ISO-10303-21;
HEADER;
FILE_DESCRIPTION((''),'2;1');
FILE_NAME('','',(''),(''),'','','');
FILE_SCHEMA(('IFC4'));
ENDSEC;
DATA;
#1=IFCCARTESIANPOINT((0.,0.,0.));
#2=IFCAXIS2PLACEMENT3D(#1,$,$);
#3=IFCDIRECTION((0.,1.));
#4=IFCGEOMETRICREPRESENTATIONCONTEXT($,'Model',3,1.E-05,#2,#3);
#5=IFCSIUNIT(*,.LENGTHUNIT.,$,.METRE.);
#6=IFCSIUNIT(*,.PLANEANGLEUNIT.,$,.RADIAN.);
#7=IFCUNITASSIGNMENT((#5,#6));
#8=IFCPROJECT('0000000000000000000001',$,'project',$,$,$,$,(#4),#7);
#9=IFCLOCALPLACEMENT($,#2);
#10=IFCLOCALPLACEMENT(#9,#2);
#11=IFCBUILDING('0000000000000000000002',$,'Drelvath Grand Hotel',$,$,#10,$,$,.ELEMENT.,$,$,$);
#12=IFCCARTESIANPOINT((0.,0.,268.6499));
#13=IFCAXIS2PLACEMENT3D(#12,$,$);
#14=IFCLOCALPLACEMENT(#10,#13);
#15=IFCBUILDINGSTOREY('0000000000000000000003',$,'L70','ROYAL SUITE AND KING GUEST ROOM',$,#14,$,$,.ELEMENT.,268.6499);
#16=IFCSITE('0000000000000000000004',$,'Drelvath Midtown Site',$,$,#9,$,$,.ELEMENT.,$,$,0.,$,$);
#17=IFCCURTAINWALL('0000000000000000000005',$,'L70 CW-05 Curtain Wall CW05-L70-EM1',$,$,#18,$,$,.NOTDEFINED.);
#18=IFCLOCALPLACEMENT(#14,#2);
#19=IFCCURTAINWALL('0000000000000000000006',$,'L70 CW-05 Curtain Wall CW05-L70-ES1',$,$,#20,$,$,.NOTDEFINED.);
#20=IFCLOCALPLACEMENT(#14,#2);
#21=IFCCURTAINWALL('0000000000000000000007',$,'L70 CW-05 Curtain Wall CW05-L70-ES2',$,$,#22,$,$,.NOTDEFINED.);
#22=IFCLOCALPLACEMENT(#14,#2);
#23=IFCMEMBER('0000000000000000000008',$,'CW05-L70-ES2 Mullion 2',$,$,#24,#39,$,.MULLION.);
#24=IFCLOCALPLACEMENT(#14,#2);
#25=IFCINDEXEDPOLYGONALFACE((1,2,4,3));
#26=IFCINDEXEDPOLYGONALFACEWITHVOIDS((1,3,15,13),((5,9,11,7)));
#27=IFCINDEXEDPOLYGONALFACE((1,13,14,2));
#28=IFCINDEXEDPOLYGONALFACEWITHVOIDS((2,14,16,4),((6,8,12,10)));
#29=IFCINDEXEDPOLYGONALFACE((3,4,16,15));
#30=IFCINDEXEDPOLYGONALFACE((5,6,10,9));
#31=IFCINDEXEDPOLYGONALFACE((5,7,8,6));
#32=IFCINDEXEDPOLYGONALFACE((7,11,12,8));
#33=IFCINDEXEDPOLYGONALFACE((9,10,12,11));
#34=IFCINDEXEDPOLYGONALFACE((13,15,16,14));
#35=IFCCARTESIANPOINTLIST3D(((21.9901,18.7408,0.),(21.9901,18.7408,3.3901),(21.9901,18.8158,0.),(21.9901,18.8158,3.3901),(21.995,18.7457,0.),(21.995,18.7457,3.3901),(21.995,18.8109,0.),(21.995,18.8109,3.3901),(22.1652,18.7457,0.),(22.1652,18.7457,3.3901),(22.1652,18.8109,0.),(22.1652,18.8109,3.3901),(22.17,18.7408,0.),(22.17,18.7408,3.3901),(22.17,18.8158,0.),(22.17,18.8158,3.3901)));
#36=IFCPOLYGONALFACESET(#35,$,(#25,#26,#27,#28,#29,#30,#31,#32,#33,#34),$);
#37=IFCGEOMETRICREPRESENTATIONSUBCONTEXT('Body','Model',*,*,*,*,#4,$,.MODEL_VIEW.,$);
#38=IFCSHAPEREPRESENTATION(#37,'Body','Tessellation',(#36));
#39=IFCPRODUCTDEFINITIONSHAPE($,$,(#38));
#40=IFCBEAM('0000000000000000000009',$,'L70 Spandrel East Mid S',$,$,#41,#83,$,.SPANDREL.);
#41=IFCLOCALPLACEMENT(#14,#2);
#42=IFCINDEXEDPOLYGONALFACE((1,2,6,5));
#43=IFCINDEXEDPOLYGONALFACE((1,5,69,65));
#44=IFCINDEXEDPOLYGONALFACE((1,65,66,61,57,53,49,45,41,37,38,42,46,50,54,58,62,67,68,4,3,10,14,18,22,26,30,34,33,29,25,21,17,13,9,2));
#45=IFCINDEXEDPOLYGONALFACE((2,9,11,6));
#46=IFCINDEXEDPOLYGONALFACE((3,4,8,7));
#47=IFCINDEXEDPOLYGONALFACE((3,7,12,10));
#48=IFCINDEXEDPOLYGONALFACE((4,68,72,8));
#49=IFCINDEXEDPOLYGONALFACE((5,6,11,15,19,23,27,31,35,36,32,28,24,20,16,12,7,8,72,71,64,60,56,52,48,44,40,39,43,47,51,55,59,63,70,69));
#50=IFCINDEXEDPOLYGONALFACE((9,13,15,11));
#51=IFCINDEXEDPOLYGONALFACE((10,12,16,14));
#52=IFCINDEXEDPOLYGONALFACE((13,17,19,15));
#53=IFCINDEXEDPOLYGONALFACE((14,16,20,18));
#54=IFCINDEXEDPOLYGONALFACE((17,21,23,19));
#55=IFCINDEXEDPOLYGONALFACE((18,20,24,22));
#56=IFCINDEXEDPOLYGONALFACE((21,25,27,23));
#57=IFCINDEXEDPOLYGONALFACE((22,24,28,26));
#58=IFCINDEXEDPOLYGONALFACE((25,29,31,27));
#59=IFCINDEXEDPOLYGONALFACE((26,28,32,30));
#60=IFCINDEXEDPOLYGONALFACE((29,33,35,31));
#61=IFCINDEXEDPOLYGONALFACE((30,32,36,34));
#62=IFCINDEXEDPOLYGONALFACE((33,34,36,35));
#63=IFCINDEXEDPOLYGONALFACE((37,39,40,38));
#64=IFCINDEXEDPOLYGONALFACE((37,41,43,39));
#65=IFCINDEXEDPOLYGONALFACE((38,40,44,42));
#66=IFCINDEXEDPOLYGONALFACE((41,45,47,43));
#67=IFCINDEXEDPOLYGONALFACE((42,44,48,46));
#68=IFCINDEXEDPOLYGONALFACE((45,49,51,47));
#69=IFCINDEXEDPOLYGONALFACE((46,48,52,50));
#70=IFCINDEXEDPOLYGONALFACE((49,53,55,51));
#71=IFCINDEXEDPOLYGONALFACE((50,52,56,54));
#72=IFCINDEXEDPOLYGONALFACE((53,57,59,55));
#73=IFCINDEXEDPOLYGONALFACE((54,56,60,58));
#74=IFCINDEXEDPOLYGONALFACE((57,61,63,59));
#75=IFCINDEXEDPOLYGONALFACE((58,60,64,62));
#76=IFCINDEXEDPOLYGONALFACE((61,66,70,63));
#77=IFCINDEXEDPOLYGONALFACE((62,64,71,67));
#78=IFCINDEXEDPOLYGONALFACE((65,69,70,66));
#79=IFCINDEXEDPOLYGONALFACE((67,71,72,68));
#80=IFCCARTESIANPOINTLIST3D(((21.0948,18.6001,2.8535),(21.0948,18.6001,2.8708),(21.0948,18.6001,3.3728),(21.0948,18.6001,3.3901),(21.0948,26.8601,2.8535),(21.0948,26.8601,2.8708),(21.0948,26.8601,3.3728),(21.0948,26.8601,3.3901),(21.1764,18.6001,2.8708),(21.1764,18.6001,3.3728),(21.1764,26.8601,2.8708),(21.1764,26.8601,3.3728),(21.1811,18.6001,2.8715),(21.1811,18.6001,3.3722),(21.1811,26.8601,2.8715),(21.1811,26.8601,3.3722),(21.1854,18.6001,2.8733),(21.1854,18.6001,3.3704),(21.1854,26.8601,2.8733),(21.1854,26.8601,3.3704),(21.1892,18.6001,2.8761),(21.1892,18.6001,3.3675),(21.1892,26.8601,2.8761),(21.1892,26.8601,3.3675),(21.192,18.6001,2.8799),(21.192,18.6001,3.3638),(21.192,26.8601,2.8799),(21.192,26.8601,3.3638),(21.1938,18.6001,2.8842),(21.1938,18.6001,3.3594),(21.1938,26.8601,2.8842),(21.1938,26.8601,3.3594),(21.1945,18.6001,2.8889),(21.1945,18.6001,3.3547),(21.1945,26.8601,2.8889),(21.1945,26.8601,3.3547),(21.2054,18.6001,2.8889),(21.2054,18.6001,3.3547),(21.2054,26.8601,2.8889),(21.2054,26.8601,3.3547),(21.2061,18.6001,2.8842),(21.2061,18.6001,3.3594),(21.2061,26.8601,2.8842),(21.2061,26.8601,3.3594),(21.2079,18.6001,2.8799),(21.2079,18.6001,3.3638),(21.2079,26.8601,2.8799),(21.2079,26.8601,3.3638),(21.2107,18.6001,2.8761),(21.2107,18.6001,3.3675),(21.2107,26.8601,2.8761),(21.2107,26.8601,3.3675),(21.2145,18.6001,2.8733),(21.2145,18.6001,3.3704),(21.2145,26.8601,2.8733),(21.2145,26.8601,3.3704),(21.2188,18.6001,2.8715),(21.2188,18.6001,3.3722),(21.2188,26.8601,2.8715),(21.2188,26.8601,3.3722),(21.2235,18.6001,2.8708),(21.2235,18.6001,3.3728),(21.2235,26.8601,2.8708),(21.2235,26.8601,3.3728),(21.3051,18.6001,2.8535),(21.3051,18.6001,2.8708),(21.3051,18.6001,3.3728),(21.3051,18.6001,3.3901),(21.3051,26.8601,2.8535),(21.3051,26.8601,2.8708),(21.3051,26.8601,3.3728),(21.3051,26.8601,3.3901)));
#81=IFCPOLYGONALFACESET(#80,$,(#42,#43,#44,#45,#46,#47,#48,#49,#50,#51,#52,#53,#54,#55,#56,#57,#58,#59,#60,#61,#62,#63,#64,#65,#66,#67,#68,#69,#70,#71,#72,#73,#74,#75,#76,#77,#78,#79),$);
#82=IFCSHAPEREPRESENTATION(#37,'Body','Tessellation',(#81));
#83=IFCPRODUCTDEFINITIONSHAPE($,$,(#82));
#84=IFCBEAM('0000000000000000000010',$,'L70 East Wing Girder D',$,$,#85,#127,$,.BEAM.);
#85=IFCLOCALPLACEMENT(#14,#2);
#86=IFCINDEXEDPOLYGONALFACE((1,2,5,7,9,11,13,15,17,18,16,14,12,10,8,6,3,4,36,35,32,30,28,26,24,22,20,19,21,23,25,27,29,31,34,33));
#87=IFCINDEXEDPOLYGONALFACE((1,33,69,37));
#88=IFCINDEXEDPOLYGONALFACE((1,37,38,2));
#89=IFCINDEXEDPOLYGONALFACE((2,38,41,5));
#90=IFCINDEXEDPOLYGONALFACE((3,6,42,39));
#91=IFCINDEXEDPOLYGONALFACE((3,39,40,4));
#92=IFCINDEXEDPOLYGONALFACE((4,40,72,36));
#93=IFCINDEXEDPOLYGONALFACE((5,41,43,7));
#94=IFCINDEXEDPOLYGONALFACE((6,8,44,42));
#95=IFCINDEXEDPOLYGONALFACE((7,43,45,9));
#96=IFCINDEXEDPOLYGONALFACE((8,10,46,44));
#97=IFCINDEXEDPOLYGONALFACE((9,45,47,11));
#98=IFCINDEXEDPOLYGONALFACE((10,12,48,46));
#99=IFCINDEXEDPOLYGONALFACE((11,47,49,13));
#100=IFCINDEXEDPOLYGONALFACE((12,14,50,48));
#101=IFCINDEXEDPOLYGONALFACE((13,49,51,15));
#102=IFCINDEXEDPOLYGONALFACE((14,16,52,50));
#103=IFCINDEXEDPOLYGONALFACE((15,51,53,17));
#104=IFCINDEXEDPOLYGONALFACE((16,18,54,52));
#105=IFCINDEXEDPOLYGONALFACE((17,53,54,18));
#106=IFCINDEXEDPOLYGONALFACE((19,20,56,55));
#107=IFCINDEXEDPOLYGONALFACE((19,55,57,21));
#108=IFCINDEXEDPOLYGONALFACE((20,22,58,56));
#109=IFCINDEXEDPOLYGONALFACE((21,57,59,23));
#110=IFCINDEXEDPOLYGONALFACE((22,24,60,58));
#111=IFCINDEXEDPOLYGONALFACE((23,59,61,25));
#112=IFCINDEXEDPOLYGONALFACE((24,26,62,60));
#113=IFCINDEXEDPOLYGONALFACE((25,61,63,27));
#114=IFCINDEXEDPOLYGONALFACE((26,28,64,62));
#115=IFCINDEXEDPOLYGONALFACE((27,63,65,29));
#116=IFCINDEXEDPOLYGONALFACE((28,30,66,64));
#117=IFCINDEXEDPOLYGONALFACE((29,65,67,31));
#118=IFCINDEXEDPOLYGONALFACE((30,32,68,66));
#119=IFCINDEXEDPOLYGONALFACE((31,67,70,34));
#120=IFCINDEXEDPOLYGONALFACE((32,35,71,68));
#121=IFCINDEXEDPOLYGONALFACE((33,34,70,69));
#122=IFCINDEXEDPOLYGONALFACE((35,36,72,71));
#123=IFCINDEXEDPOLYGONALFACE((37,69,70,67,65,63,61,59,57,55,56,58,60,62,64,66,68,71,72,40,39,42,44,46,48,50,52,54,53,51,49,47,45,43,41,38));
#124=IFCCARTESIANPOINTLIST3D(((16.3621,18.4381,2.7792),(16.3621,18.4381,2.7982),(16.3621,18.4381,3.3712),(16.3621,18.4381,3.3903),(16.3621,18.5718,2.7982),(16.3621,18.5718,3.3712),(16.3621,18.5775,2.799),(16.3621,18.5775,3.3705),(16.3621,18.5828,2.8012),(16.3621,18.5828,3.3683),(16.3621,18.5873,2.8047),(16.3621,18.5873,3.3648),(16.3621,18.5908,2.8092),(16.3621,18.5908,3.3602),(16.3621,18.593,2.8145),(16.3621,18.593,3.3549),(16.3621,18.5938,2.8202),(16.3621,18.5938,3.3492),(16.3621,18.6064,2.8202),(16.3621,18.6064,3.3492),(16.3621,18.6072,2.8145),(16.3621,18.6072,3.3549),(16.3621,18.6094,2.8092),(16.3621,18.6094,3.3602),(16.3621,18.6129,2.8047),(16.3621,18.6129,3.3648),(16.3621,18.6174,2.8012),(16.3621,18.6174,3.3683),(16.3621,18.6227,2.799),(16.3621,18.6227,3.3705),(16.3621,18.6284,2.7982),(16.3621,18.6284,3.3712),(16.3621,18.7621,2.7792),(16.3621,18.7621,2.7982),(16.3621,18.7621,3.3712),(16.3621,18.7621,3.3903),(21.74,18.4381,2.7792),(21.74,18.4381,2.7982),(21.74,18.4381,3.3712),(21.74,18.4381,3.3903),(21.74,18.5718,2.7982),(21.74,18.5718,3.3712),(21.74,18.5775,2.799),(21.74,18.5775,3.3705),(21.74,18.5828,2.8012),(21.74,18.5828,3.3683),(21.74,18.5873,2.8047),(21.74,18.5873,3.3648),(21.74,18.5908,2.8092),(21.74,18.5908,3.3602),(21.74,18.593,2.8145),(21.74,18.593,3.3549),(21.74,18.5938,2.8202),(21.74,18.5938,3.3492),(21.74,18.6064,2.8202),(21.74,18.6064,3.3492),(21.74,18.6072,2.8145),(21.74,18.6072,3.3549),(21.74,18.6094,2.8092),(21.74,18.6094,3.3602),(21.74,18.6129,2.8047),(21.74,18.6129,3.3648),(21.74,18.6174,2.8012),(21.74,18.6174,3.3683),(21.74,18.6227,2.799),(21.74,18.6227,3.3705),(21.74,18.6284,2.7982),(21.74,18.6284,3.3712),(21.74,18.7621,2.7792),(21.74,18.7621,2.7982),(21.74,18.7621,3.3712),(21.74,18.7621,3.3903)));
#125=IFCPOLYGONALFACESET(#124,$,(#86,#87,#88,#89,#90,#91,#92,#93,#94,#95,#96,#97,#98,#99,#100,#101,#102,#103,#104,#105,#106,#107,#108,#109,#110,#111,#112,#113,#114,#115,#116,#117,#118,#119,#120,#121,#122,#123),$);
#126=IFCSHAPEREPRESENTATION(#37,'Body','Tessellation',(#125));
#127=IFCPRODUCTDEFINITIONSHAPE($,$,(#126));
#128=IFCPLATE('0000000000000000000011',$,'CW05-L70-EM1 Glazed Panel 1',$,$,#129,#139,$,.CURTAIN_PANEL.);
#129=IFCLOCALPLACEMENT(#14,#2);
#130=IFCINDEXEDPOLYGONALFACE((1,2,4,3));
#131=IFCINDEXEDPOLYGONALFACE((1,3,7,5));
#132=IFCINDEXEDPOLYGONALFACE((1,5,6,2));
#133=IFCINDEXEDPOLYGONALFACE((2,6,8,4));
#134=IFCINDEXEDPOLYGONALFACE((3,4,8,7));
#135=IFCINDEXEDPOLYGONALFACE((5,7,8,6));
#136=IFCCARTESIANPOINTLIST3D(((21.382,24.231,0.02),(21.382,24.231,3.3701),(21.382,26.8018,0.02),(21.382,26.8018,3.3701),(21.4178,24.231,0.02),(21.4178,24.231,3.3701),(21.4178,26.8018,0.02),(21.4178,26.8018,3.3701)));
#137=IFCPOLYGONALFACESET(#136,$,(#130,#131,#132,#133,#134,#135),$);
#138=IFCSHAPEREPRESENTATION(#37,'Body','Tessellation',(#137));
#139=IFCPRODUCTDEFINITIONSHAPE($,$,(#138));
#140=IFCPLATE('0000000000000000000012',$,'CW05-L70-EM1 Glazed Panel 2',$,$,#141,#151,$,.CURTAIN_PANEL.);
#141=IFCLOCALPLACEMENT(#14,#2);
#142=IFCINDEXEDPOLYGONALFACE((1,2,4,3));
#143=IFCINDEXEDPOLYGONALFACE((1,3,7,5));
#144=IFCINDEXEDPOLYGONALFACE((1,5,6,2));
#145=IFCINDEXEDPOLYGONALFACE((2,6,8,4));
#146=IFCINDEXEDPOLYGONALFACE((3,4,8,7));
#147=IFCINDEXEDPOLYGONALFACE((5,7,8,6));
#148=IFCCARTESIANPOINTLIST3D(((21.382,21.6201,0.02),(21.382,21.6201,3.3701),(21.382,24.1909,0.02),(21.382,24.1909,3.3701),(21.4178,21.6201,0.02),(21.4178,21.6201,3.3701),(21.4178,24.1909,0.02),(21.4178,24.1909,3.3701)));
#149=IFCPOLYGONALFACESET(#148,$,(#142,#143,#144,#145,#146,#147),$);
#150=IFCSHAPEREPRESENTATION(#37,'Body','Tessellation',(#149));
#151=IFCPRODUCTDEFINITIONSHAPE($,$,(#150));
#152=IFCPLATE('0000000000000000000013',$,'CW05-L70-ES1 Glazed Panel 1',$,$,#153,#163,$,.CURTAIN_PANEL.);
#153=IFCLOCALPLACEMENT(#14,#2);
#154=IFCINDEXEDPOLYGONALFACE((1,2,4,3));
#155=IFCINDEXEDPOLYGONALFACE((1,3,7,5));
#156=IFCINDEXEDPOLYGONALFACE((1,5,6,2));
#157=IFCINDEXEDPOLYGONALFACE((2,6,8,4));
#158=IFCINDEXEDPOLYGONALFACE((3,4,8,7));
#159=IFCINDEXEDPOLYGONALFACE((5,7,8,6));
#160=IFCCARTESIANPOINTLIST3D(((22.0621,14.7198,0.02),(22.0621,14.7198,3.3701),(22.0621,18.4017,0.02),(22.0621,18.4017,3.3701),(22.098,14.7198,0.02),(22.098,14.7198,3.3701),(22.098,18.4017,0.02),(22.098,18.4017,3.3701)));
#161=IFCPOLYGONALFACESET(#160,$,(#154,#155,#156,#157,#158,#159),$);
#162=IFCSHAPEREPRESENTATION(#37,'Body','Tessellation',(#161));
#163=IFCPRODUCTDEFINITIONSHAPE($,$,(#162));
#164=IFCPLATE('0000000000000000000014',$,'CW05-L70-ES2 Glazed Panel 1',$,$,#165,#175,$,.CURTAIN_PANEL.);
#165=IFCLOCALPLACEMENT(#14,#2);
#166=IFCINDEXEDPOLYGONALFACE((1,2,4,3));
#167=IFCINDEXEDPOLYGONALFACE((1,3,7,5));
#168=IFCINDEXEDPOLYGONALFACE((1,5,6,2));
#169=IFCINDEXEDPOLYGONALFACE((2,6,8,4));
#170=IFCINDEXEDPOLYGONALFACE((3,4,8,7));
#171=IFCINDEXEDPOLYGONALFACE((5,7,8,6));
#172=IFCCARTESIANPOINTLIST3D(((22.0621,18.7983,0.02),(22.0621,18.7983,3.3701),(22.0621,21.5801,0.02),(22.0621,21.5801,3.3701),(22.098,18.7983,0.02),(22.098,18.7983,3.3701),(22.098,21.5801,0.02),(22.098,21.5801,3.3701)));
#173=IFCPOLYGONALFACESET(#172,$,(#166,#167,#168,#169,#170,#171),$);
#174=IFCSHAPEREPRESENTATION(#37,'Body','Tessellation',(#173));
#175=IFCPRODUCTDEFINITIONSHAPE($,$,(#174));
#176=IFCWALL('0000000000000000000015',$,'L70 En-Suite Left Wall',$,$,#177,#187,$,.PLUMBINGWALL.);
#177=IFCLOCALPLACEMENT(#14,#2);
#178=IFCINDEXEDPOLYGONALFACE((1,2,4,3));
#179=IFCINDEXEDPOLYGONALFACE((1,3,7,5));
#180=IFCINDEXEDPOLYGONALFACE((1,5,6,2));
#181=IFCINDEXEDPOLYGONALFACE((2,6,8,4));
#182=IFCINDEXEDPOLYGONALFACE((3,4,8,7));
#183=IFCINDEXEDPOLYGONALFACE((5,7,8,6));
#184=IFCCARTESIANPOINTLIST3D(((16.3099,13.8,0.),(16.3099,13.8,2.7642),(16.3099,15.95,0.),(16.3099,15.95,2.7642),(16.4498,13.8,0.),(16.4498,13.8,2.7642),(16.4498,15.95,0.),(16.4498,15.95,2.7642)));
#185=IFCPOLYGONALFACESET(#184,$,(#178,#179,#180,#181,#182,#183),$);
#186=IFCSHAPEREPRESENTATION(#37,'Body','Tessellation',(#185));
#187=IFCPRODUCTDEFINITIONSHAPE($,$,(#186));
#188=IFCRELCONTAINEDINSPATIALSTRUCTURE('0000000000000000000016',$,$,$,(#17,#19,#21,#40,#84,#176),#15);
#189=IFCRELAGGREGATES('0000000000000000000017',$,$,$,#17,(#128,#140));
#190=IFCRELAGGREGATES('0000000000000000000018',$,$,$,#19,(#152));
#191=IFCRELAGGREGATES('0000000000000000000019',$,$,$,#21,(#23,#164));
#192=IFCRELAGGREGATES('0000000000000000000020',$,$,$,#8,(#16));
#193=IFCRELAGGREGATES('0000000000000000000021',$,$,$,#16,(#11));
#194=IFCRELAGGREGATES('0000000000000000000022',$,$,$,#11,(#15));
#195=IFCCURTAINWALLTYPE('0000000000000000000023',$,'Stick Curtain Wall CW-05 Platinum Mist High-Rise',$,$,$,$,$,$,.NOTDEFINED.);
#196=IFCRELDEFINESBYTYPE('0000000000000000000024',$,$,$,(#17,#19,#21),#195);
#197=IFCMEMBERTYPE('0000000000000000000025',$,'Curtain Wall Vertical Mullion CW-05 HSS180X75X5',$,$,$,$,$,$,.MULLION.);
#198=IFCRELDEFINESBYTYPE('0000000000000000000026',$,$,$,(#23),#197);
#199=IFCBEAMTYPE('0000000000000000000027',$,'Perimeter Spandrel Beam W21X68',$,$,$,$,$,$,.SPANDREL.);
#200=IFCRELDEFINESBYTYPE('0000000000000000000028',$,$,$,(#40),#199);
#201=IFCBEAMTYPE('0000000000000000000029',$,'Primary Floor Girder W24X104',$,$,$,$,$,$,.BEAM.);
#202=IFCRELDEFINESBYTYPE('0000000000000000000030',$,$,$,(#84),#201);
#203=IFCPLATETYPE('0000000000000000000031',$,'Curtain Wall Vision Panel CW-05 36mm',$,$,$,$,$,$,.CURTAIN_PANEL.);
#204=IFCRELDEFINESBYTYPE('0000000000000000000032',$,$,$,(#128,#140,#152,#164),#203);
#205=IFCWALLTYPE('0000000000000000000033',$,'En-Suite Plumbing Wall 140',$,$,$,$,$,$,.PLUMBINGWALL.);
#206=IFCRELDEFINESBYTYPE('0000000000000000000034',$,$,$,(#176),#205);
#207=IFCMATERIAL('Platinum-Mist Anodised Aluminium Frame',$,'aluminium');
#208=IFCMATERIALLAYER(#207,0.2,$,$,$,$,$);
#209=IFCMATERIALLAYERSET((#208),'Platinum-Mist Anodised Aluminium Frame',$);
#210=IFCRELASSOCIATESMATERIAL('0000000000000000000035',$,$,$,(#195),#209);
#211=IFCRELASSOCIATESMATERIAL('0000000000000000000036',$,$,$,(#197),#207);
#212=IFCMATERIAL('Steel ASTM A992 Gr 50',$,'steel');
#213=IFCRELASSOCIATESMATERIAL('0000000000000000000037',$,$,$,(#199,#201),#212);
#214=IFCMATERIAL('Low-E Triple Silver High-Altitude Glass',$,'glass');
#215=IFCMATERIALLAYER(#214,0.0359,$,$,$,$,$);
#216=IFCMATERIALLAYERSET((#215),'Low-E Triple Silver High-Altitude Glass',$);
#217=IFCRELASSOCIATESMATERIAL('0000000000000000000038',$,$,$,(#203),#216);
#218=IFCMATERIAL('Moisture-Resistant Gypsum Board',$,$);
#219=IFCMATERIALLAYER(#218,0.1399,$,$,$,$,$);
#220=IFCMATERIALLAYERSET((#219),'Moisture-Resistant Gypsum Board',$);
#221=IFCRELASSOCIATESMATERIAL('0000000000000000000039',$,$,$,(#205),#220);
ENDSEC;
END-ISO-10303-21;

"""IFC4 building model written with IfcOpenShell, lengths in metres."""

from ifc_helpers import new_model, si_unit, direction, frame, frame_2d, origin, origin_2d, place, context, subcontext, project, spatial, rectangle, hollow_rectangle, i_section, extrude, material, layer, layer_set, material_profile, profile_set, type_object, element, aggregate, save


model = new_model("IFC4")

# Units and contexts
model_context = context("Model", 3, precision=1e-05, world=origin(), true_north=direction((0.0, 1.0)))
body_context = subcontext(model_context, "Body", "Model", "MODEL_VIEW")
ifc_project = project(units=[si_unit("LENGTHUNIT", "METRE"), si_unit("PLANEANGLEUNIT", "RADIAN")], contexts=[model_context])

# Site, building, storey
site_placement = place(None, origin())
site = spatial("IfcSite", under=ifc_project, at=site_placement, Name="Drelvath Midtown Site", CompositionType="ELEMENT", RefElevation=0.0)
building_placement = place(site_placement, origin())
building = spatial("IfcBuilding", under=site, at=building_placement, Name="Drelvath Grand Hotel", CompositionType="ELEMENT")
storey_placement = place(building_placement, frame((0.0, 0.0, 268.6499)))
storey = spatial("IfcBuildingStorey", under=building, at=storey_placement, Name="L70", Description="ROYAL SUITE AND KING GUEST ROOM", CompositionType="ELEMENT", Elevation=268.6499)

# Curtain walls
ifc_material_1 = material(Name="Platinum-Mist Anodised Aluminium Frame", Category="aluminium")
ifc_layer_1 = layer(ifc_material_1, 0.2)
ifc_layer_set_1 = layer_set([ifc_layer_1], Name="Platinum-Mist Anodised Aluminium Frame")
curtain_wall_type = type_object("IfcCurtainWallType", Name="Stick Curtain Wall CW-05 Platinum Mist High-Rise", PredefinedType="NOTDEFINED", material=ifc_layer_set_1)
curtain_wall_1_placement = place(storey_placement, origin())
curtain_wall_1 = element("IfcCurtainWall", 1, at=curtain_wall_1_placement, inside=storey, type_object=curtain_wall_type, Name="L70 CW-05 Curtain Wall CW05-L70-EM1", PredefinedType="NOTDEFINED")
curtain_wall_2_placement = place(storey_placement, origin())
curtain_wall_2 = element("IfcCurtainWall", 2, at=curtain_wall_2_placement, inside=storey, type_object=curtain_wall_type, Name="L70 CW-05 Curtain Wall CW05-L70-ES1", PredefinedType="NOTDEFINED")
curtain_wall_3_placement = place(storey_placement, origin())
curtain_wall_3 = element("IfcCurtainWall", 3, at=curtain_wall_3_placement, inside=storey, type_object=curtain_wall_type, Name="L70 CW-05 Curtain Wall CW05-L70-ES2", PredefinedType="NOTDEFINED")

# Member
ifc_material_profile_1 = material_profile(ifc_material_1, hollow_rectangle(XDim=0.075, YDim=0.1799, WallThickness=0.0049, at=origin_2d()), Name="HSS180X75X5")
ifc_profile_set_1 = profile_set([ifc_material_profile_1], Name="Platinum-Mist Anodised Aluminium Frame")
member_type_1 = type_object("IfcMemberType", Name="Curtain Wall Vertical Mullion CW-05 HSS180X75X5", PredefinedType="MULLION", material=ifc_profile_set_1)
member_1_placement = place(storey_placement, frame((22.0801, 18.7783, 0.0), z_axis=(0.0, 0.0, 1.0), x_axis=(0.0, 1.0, 0.0)))
member_1 = element("IfcMember", 4, at=member_1_placement, type_object=member_type_1, Name="CW05-L70-ES2 Mullion 2", PredefinedType="MULLION", context=body_context, shape_type="SweptSolid", body=[
    extrude(hollow_rectangle(XDim=0.075, YDim=0.1799, WallThickness=0.0049, at=origin_2d()), origin(), (0.0, 0.0, 1.0), 3.3901),
])

# Beams
ifc_material_2 = material(Name="Steel ASTM A992 Gr 50", Category="steel")
ifc_material_profile_2 = material_profile(ifc_material_2, i_section(OverallWidth=0.2102, OverallDepth=0.5366, WebThickness=0.011, FlangeThickness=0.0173, FilletRadius=0.0181, at=origin_2d()), Name="W21X68")
ifc_profile_set_2 = profile_set([ifc_material_profile_2], Name="Steel ASTM A992 Gr 50")
beam_type_1 = type_object("IfcBeamType", Name="Perimeter Spandrel Beam W21X68", PredefinedType="SPANDREL", material=ifc_profile_set_2)
beam_1_placement = place(storey_placement, frame((21.2, 18.6001, 3.1218), z_axis=(0.0, 1.0, 0.0), x_axis=(-1.0, 0.0, 0.0)))
element("IfcBeam", 5, at=beam_1_placement, inside=storey, type_object=beam_type_1, Name="L70 Spandrel East Mid S", PredefinedType="SPANDREL", context=body_context, shape_type="SweptSolid", body=[
    extrude(i_section(OverallWidth=0.2102, OverallDepth=0.5366, WebThickness=0.011, FlangeThickness=0.0173, FilletRadius=0.0181, at=origin_2d()), origin(), (0.0, 0.0, 1.0), 8.26),
])
ifc_material_profile_3 = material_profile(ifc_material_2, i_section(OverallWidth=0.324, OverallDepth=0.6111, WebThickness=0.0127, FlangeThickness=0.019, FilletRadius=0.022, at=origin_2d()), Name="W24X104")
ifc_profile_set_3 = profile_set([ifc_material_profile_3], Name="Steel ASTM A992 Gr 50")
beam_type_2 = type_object("IfcBeamType", Name="Primary Floor Girder W24X104", PredefinedType="BEAM", material=ifc_profile_set_3)
beam_2_placement = place(storey_placement, frame((16.3621, 18.6001, 3.0847), z_axis=(1.0, 0.0, 0.0), x_axis=(0.0, 1.0, 0.0)))
element("IfcBeam", 6, at=beam_2_placement, inside=storey, type_object=beam_type_2, Name="L70 East Wing Girder D", PredefinedType="BEAM", context=body_context, shape_type="SweptSolid", body=[
    extrude(i_section(OverallWidth=0.324, OverallDepth=0.6111, WebThickness=0.0127, FlangeThickness=0.019, FilletRadius=0.022, at=origin_2d()), origin(), (0.0, 0.0, 1.0), 5.3779),
])

# Plates
ifc_material_3 = material(Name="Low-E Triple Silver High-Altitude Glass", Category="glass")
ifc_layer_2 = layer(ifc_material_3, 0.0359)
ifc_layer_set_2 = layer_set([ifc_layer_2], Name="Low-E Triple Silver High-Altitude Glass")
plate_type = type_object("IfcPlateType", Name="Curtain Wall Vision Panel CW-05 36mm", PredefinedType="CURTAIN_PANEL", material=ifc_layer_set_2)
plate_1_placement = place(storey_placement, frame((21.3999, 25.5164, 0.02), z_axis=(0.0, 0.0, 1.0), x_axis=(0.0, -1.0, 0.0)))
plate_1 = element("IfcPlate", 7, at=plate_1_placement, type_object=plate_type, Name="CW05-L70-EM1 Glazed Panel 1", PredefinedType="CURTAIN_PANEL", context=body_context, shape_type="SweptSolid", body=[
    extrude(rectangle(XDim=2.5708, YDim=0.0359, at=origin_2d()), origin(), (0.0, 0.0, 1.0), 3.3501),
])
plate_2_placement = place(storey_placement, frame((21.3999, 22.9055, 0.02), z_axis=(0.0, 0.0, 1.0), x_axis=(0.0, -1.0, 0.0)))
plate_2 = element("IfcPlate", 8, at=plate_2_placement, type_object=plate_type, Name="CW05-L70-EM1 Glazed Panel 2", PredefinedType="CURTAIN_PANEL", context=body_context, shape_type="SweptSolid", body=[
    extrude(rectangle(XDim=2.5708, YDim=0.0359, at=origin_2d()), origin(), (0.0, 0.0, 1.0), 3.3501),
])
aggregate(curtain_wall_1, [plate_1, plate_2])
plate_3_placement = place(storey_placement, frame((22.0801, 16.5608, 0.02), z_axis=(0.0, 0.0, 1.0), x_axis=(0.0, -1.0, 0.0)))
plate_3 = element("IfcPlate", 9, at=plate_3_placement, type_object=plate_type, Name="CW05-L70-ES1 Glazed Panel 1", PredefinedType="CURTAIN_PANEL", context=body_context, shape_type="SweptSolid", body=[
    extrude(rectangle(XDim=3.6819, YDim=0.0359, at=origin_2d()), origin(), (0.0, 0.0, 1.0), 3.3501),
])
aggregate(curtain_wall_2, [plate_3])
plate_4_placement = place(storey_placement, frame((22.0801, 20.1892, 0.02), z_axis=(0.0, 0.0, 1.0), x_axis=(0.0, -1.0, 0.0)))
plate_4 = element("IfcPlate", 10, at=plate_4_placement, type_object=plate_type, Name="CW05-L70-ES2 Glazed Panel 1", PredefinedType="CURTAIN_PANEL", context=body_context, shape_type="SweptSolid", body=[
    extrude(rectangle(XDim=2.7817, YDim=0.0359, at=origin_2d()), origin(), (0.0, 0.0, 1.0), 3.3501),
])
aggregate(curtain_wall_3, [member_1, plate_4])

# Wall
ifc_material_4 = material(Name="Moisture-Resistant Gypsum Board")
ifc_layer_3 = layer(ifc_material_4, 0.1399)
ifc_layer_set_3 = layer_set([ifc_layer_3], Name="Moisture-Resistant Gypsum Board")
wall_type_1 = type_object("IfcWallType", Name="En-Suite Plumbing Wall 140", PredefinedType="PLUMBINGWALL", material=ifc_layer_set_3)
wall_1_placement = place(storey_placement, frame((16.3799, 15.95, 0.0), z_axis=(0.0, 0.0, 1.0), x_axis=(0.0, -1.0, 0.0)))
element("IfcWall", 11, at=wall_1_placement, inside=storey, type_object=wall_type_1, Name="L70 En-Suite Left Wall", PredefinedType="PLUMBINGWALL", context=body_context, shape_type="SweptSolid", body=[
    extrude(rectangle(XDim=2.1499, YDim=0.1399, at=frame_2d((1.075, 0.0))), origin(), (0.0, 0.0, 1.0), 2.7642),
])

save(model, "model.ifc")
